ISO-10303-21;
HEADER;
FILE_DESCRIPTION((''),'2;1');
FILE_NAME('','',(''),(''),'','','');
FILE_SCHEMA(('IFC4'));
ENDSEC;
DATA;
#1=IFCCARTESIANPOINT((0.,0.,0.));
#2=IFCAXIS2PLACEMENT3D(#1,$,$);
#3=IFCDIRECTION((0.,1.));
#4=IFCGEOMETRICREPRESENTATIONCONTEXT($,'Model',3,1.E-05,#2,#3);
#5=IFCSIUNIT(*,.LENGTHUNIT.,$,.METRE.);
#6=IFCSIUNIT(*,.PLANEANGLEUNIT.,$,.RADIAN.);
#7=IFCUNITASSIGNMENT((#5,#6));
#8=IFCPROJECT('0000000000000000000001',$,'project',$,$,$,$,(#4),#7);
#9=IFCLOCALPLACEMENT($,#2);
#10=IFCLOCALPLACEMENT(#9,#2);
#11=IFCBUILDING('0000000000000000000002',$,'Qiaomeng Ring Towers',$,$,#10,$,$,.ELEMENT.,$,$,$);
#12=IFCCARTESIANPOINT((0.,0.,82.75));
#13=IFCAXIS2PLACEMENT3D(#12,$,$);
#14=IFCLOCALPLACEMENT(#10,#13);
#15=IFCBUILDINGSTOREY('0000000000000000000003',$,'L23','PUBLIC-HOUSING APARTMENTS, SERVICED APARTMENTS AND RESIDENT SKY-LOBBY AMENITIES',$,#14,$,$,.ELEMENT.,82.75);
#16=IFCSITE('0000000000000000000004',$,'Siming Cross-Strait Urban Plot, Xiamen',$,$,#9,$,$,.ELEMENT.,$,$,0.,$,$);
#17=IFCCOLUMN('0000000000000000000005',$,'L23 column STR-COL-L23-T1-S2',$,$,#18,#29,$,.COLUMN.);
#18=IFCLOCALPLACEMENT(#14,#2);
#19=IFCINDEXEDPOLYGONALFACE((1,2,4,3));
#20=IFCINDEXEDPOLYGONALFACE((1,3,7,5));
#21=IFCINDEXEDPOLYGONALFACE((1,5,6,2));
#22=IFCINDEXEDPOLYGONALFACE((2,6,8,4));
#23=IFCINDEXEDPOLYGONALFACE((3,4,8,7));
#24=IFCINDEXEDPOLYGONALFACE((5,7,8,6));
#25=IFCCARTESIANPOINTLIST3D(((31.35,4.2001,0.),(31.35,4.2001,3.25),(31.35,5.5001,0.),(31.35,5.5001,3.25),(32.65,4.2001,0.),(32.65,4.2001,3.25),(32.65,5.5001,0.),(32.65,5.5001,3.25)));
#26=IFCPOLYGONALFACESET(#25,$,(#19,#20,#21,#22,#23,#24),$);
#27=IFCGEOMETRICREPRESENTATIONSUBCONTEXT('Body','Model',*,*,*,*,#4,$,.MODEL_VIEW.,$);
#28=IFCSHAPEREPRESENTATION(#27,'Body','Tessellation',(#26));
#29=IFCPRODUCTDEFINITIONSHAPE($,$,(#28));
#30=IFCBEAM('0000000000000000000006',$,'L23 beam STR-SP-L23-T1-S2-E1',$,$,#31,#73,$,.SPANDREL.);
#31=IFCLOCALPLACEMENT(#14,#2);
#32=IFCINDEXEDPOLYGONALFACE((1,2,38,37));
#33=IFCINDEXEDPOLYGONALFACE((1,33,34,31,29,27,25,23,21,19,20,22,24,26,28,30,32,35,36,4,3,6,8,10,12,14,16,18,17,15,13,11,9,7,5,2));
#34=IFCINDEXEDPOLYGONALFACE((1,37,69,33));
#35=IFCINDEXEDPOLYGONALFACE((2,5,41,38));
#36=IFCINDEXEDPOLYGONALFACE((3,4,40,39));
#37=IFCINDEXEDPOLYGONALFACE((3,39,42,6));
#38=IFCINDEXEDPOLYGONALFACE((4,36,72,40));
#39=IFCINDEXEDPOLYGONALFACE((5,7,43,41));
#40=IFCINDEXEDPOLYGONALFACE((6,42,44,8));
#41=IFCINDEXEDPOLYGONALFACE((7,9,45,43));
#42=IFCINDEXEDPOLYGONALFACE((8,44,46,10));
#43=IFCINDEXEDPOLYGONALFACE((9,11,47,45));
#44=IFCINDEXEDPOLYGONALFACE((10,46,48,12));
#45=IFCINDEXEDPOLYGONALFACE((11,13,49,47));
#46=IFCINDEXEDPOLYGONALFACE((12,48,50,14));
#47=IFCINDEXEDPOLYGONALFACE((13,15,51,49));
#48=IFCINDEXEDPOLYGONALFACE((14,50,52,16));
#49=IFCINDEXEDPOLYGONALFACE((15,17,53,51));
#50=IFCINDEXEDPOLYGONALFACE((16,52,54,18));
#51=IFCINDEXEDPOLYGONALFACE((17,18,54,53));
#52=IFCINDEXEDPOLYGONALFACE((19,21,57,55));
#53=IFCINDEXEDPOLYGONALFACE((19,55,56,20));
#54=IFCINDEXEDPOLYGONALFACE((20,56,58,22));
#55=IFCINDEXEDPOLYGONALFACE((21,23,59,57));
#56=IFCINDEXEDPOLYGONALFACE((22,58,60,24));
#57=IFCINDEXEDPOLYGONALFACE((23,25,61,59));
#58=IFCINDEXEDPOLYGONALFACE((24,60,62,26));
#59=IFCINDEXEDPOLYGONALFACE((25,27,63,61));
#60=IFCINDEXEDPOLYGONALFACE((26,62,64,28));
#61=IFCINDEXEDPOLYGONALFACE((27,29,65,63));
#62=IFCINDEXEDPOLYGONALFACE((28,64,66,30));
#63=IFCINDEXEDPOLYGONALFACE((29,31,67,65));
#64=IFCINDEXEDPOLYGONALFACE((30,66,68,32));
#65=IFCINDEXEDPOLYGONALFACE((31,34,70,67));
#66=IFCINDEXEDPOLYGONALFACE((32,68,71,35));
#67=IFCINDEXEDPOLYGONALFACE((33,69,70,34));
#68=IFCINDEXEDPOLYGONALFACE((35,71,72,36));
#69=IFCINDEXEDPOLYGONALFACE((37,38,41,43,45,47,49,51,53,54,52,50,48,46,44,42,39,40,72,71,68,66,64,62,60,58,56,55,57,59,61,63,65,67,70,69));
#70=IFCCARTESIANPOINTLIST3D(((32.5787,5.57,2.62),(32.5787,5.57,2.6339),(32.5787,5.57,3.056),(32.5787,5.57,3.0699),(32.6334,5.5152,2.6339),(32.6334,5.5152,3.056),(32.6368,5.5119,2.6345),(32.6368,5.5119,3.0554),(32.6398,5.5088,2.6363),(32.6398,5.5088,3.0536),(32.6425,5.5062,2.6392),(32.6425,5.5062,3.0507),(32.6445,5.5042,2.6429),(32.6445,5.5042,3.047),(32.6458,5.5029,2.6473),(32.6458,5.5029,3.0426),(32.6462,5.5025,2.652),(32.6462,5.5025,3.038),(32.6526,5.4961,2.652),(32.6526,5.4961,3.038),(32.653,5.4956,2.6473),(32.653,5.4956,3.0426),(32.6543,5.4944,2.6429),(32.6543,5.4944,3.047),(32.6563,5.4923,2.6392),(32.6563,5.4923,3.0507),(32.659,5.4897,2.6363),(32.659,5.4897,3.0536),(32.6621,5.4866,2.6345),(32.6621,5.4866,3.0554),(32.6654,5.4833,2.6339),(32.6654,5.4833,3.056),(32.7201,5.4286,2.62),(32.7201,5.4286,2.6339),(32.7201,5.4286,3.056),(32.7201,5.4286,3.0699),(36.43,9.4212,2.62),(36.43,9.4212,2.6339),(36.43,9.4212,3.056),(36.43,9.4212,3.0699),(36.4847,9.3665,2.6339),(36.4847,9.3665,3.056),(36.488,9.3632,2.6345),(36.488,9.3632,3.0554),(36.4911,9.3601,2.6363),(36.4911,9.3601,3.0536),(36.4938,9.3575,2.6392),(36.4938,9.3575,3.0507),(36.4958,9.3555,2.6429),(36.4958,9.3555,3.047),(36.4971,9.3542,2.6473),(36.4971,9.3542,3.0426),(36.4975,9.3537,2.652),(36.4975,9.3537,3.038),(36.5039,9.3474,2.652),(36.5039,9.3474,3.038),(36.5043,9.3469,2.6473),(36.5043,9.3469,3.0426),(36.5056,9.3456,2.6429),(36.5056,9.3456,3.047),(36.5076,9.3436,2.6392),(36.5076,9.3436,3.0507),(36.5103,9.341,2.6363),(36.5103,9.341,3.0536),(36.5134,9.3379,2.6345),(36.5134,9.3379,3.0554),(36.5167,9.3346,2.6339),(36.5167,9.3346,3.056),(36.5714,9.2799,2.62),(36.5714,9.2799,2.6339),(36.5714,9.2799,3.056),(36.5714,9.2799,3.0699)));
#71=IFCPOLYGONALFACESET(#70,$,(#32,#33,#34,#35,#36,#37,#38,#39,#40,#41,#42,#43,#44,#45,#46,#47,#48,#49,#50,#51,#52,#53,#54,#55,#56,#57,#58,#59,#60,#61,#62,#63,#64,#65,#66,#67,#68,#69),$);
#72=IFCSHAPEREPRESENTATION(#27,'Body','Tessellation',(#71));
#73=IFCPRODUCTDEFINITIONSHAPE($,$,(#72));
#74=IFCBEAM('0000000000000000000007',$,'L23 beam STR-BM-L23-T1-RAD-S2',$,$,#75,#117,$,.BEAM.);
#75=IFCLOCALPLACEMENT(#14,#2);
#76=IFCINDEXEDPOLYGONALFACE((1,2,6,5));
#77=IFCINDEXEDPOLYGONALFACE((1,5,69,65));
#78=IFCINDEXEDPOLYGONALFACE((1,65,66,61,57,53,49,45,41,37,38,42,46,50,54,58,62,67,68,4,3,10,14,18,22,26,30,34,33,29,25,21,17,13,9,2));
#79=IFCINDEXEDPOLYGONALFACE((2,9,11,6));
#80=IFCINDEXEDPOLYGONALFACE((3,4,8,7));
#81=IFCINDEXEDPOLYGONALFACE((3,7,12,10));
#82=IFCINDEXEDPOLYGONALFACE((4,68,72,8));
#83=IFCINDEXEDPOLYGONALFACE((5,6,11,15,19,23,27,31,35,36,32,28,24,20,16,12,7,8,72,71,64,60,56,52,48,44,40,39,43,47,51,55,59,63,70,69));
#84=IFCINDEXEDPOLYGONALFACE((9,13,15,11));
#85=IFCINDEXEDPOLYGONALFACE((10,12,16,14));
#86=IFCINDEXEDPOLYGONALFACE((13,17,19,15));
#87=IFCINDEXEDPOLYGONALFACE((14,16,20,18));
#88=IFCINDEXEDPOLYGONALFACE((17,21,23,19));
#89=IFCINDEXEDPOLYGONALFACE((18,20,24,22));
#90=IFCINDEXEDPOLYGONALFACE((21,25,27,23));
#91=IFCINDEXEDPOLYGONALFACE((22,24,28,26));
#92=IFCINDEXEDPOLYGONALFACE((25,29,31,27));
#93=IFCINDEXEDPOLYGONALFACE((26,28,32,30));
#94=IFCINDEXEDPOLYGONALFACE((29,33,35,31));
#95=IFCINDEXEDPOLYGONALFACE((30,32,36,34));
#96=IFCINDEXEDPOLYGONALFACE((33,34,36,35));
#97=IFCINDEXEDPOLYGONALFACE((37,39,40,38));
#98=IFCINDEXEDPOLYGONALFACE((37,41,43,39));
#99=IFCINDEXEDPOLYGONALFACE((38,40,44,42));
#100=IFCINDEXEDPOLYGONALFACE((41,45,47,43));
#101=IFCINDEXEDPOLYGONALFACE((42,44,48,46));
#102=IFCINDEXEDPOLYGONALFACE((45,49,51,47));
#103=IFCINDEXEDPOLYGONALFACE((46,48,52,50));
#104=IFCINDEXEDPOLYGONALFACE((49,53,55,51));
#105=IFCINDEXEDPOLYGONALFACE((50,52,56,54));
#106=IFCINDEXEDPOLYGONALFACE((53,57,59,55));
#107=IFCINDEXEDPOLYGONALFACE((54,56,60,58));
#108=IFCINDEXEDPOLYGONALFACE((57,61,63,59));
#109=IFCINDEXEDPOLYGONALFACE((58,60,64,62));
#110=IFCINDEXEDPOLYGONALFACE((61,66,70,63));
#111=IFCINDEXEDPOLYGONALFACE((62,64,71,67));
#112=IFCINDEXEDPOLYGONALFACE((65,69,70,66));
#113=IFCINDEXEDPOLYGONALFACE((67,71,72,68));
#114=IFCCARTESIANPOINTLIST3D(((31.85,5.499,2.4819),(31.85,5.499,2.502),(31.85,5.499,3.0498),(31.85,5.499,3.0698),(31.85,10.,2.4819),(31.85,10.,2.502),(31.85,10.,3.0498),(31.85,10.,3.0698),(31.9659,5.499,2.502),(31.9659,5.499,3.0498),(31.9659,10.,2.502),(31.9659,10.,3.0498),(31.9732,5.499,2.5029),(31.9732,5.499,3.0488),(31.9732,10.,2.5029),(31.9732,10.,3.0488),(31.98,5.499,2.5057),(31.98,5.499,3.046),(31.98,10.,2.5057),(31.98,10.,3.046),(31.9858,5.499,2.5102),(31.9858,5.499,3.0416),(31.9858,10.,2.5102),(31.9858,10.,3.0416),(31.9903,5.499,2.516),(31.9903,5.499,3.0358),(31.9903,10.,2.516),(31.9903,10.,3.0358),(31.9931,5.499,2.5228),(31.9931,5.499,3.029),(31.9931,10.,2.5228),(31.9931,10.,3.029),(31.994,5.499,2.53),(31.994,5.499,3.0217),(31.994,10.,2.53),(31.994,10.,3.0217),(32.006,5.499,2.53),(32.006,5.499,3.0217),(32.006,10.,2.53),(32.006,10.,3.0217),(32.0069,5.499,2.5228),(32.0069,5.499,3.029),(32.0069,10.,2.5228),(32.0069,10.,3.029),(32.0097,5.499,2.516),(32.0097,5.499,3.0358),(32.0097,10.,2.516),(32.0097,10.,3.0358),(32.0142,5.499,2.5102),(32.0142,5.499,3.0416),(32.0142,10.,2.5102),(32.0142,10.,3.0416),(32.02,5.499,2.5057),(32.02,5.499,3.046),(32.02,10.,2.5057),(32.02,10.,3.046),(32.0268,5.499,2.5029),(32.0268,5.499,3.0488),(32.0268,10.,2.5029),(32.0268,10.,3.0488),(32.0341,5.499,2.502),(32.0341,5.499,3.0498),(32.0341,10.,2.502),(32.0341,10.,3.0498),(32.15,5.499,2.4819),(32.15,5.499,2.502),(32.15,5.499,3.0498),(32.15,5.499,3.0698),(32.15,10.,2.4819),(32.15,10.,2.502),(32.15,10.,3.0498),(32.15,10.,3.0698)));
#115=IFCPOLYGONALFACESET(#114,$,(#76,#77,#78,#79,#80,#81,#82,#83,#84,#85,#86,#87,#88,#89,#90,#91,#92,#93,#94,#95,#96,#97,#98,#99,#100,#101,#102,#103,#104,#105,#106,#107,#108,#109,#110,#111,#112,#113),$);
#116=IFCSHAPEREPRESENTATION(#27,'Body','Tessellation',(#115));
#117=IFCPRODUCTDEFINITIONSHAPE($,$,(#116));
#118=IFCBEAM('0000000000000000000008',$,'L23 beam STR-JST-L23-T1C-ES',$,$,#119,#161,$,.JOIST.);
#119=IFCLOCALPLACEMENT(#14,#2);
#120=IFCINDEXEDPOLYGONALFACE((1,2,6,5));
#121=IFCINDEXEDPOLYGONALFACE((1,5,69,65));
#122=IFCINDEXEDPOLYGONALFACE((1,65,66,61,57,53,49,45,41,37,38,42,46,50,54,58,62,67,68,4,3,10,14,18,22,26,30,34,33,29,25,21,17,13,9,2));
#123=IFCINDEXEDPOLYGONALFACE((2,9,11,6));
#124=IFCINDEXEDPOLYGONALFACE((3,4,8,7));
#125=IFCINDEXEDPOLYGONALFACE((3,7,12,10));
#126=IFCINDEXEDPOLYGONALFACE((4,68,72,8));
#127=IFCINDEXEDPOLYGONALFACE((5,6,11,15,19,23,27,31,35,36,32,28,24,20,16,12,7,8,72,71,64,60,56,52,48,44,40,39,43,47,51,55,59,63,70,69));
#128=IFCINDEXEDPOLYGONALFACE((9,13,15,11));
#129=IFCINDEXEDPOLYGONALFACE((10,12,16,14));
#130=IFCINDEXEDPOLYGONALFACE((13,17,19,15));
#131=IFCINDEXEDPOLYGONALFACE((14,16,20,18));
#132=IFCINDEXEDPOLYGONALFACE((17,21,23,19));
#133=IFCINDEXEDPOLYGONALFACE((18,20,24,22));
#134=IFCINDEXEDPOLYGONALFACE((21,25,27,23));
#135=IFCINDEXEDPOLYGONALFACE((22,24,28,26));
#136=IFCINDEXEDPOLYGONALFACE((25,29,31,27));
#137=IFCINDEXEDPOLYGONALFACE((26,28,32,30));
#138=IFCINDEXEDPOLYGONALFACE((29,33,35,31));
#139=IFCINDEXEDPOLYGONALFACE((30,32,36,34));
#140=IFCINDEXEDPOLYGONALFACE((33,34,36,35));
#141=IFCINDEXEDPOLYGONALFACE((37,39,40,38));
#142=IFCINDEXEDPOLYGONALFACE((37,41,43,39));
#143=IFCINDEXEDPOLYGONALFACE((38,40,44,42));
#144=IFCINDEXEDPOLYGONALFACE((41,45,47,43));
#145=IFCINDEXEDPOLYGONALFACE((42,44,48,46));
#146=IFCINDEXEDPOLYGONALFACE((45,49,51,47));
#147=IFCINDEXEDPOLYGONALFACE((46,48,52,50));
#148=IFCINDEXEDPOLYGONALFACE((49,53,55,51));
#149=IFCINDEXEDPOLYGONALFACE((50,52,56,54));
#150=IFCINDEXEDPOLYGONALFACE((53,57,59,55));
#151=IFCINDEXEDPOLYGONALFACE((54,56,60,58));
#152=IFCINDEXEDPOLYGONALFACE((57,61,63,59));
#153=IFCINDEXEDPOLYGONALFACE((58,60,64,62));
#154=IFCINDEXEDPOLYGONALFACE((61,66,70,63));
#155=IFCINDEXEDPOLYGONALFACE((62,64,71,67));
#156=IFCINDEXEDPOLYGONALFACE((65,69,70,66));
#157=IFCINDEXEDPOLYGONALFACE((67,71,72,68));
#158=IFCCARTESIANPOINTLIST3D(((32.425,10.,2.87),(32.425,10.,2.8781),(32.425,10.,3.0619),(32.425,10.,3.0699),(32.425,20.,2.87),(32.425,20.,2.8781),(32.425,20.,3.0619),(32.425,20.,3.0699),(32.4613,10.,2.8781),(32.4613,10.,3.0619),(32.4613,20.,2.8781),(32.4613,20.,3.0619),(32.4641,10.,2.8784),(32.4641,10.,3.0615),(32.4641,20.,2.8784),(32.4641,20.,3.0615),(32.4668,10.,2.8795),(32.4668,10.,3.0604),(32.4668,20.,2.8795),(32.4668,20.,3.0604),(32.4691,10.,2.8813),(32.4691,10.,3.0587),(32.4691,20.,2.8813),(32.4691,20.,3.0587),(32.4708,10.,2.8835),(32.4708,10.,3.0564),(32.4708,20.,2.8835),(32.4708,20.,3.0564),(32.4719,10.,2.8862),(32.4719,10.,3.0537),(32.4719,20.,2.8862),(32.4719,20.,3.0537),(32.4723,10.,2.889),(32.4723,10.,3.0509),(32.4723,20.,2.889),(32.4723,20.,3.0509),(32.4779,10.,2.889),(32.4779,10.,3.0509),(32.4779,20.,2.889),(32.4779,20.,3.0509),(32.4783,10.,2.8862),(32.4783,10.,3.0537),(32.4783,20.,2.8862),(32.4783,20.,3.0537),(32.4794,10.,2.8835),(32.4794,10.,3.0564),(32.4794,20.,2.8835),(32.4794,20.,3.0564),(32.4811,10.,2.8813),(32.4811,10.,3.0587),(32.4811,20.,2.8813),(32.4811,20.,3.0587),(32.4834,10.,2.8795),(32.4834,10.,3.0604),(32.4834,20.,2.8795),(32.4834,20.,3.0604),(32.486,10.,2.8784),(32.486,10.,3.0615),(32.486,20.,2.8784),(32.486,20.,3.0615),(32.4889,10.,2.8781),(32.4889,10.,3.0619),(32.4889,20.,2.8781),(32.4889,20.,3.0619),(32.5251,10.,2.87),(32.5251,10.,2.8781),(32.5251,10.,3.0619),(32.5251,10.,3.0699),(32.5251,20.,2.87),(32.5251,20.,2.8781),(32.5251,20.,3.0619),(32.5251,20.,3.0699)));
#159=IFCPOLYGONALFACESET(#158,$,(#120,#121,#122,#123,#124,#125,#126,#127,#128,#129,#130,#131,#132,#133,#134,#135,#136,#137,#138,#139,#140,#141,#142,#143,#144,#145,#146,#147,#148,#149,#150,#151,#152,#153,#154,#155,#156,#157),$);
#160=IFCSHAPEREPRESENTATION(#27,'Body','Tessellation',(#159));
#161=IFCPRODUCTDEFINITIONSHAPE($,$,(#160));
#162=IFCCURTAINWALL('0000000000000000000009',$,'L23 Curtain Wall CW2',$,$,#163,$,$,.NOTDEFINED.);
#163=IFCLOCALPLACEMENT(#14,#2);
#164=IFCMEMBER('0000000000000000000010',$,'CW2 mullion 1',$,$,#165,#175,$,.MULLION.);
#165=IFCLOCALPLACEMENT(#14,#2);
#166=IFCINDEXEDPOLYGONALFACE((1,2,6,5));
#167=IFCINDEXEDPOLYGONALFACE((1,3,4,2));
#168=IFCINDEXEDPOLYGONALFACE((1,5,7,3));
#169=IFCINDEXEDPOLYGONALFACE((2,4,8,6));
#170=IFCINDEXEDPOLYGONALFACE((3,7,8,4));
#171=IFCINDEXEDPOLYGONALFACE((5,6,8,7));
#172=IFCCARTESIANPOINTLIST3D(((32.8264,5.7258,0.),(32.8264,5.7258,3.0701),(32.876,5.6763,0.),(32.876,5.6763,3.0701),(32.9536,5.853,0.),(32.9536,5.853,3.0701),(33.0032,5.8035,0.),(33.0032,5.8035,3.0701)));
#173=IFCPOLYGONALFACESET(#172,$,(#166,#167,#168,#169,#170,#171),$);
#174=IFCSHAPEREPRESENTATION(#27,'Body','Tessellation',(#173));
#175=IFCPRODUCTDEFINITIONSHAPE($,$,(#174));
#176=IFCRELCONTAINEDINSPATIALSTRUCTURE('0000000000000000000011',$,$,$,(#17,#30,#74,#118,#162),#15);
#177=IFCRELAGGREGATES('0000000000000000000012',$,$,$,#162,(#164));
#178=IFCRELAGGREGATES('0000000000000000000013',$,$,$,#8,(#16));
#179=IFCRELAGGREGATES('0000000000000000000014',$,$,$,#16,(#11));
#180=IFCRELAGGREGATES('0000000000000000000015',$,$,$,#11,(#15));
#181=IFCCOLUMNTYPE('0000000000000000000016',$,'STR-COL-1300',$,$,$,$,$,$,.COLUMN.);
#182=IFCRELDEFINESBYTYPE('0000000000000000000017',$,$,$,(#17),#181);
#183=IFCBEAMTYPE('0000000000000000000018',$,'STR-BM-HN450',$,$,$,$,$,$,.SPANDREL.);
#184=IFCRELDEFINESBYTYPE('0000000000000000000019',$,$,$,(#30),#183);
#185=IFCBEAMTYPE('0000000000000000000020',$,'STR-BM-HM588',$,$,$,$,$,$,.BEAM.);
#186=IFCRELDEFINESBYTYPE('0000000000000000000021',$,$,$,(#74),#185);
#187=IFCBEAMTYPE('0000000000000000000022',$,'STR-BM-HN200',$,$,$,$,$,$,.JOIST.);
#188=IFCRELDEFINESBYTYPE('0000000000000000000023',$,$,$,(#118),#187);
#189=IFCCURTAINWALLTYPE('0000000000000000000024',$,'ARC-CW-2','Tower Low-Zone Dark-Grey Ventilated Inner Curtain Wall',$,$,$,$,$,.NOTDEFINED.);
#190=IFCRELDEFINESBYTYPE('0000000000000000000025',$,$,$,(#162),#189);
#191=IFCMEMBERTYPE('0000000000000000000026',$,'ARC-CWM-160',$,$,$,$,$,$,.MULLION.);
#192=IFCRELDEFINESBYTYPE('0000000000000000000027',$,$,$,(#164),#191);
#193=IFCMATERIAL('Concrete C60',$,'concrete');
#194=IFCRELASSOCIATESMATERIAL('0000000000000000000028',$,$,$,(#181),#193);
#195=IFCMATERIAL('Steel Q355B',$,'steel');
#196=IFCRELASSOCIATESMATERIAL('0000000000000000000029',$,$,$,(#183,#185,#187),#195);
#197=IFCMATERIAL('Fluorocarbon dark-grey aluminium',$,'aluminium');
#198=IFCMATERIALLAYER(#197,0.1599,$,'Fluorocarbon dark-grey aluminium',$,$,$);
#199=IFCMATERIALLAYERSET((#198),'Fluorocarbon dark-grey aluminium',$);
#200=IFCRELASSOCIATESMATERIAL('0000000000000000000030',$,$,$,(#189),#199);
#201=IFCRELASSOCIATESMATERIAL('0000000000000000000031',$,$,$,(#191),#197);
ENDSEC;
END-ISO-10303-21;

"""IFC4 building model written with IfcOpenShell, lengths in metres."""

from ifc_helpers import new_model, si_unit, direction, frame, origin, origin_2d, place, context, subcontext, project, spatial, rectangle, i_section, extrude, source, transform, mapped, material, layer, layer_set, material_profile, profile_set, type_object, element, aggregate, save


model = new_model("IFC4")

# Units and contexts
model_context = context("Model", 3, precision=1e-05, world=origin(), true_north=direction((0.0, 1.0)))
body_context = subcontext(model_context, "Body", "Model", "MODEL_VIEW")
ifc_project = project(units=[si_unit("LENGTHUNIT", "METRE"), si_unit("PLANEANGLEUNIT", "RADIAN")], contexts=[model_context])

# Site, building, storey
site_placement = place(None, origin())
site = spatial("IfcSite", under=ifc_project, at=site_placement, Name="Siming Cross-Strait Urban Plot, Xiamen", CompositionType="ELEMENT", RefElevation=0.0)
building_placement = place(site_placement, origin())
building = spatial("IfcBuilding", under=site, at=building_placement, Name="Qiaomeng Ring Towers", CompositionType="ELEMENT")
storey_placement = place(building_placement, frame((0.0, 0.0, 82.75)))
storey = spatial("IfcBuildingStorey", under=building, at=storey_placement, Name="L23", Description="PUBLIC-HOUSING APARTMENTS, SERVICED APARTMENTS AND RESIDENT SKY-LOBBY AMENITIES", CompositionType="ELEMENT", Elevation=82.75)

# Column
ifc_material_1 = material(Name="Concrete C60", Category="concrete")
ifc_material_profile_1 = material_profile(ifc_material_1, rectangle(XDim=1.3, YDim=1.3, at=origin_2d()), Name="RC COL 1300x1300")
ifc_profile_set_1 = profile_set([ifc_material_profile_1], Name="Concrete C60")
column_type = type_object("IfcColumnType", Name="STR-COL-1300", PredefinedType="COLUMN", material=ifc_profile_set_1)
shared_shape_1 = source(origin(), body_context, "Body", "SweptSolid", [
    extrude(rectangle(XDim=1.3, YDim=1.3, at=origin_2d()), origin(), (0.0, 0.0, 1.0), 3.25),
])
column_placement = place(storey_placement, frame((32.0, 4.8501, 0.0), z_axis=(0.0, 0.0, 1.0), x_axis=(1.0, 0.0, 0.0)))
element("IfcColumn", 1, at=column_placement, inside=storey, type_object=column_type, Name="L23 column STR-COL-L23-T1-S2", PredefinedType="COLUMN", context=body_context, shape_type="MappedRepresentation", body=[
    mapped(shared_shape_1, transform((0.0, 0.0, 0.0), x_axis=(1.0, 0.0, 0.0), y_axis=(0.0, 1.0, 0.0), z_axis=(0.0, 0.0, 1.0), scale=1.0)),
])

# Beams
ifc_material_2 = material(Name="Steel Q355B", Category="steel")
ifc_material_profile_2 = material_profile(ifc_material_2, i_section(OverallWidth=0.2, OverallDepth=0.45, WebThickness=0.009, FlangeThickness=0.0139, FilletRadius=0.0181, at=origin_2d()), Name="HN 450x200x9x14")
ifc_profile_set_2 = profile_set([ifc_material_profile_2], Name="Steel Q355B")
beam_type_1 = type_object("IfcBeamType", Name="STR-BM-HN450", PredefinedType="SPANDREL", material=ifc_profile_set_2)
shared_shape_2 = source(origin(), body_context, "Body", "SweptSolid", [
    extrude(i_section(OverallWidth=0.2, OverallDepth=0.45, WebThickness=0.009, FlangeThickness=0.0139, FilletRadius=0.0181, at=origin_2d()), origin(), (0.0, 0.0, 1.0), 5.4465),
])
beam_1_placement = place(storey_placement, frame((32.6494, 5.4993, 2.845), z_axis=(0.707107, 0.707107, 0.0), x_axis=(-0.707107, 0.707107, 0.0)))
element("IfcBeam", 2, at=beam_1_placement, inside=storey, type_object=beam_type_1, Name="L23 beam STR-SP-L23-T1-S2-E1", PredefinedType="SPANDREL", context=body_context, shape_type="MappedRepresentation", body=[
    mapped(shared_shape_2, transform((0.0, 0.0, 0.0), x_axis=(1.0, 0.0, 0.0), y_axis=(0.0, 1.0, 0.0), z_axis=(0.0, 0.0, 1.0), scale=1.0)),
])
ifc_material_profile_3 = material_profile(ifc_material_2, i_section(OverallWidth=0.3, OverallDepth=0.5879, WebThickness=0.012, FlangeThickness=0.02, FilletRadius=0.0281, at=origin_2d()), Name="HM 588x300x12x20")
ifc_profile_set_3 = profile_set([ifc_material_profile_3], Name="Steel Q355B")
beam_type_2 = type_object("IfcBeamType", Name="STR-BM-HM588", PredefinedType="BEAM", material=ifc_profile_set_3)
shared_shape_3 = source(origin(), body_context, "Body", "SweptSolid", [
    extrude(i_section(OverallWidth=0.3, OverallDepth=0.5879, WebThickness=0.012, FlangeThickness=0.02, FilletRadius=0.0281, at=origin_2d()), origin(), (0.0, 0.0, 1.0), 4.501),
])
beam_2_placement = place(storey_placement, frame((32.0, 5.499, 2.7759), z_axis=(0.0, 1.0, 0.0), x_axis=(-1.0, 0.0, 0.0)))
element("IfcBeam", 3, at=beam_2_placement, inside=storey, type_object=beam_type_2, Name="L23 beam STR-BM-L23-T1-RAD-S2", PredefinedType="BEAM", context=body_context, shape_type="MappedRepresentation", body=[
    mapped(shared_shape_3, transform((0.0, 0.0, 0.0), x_axis=(1.0, 0.0, 0.0), y_axis=(0.0, 1.0, 0.0), z_axis=(0.0, 0.0, 1.0), scale=1.0)),
])
ifc_material_profile_4 = material_profile(ifc_material_2, i_section(OverallWidth=0.1001, OverallDepth=0.2, WebThickness=0.0056, FlangeThickness=0.0081, FilletRadius=0.011, at=origin_2d()), Name="HN 200x100x5.5x8")
ifc_profile_set_4 = profile_set([ifc_material_profile_4], Name="Steel Q355B")
beam_type_3 = type_object("IfcBeamType", Name="STR-BM-HN200", PredefinedType="JOIST", material=ifc_profile_set_4)
shared_shape_4 = source(origin(), body_context, "Body", "SweptSolid", [
    extrude(i_section(OverallWidth=0.1001, OverallDepth=0.2, WebThickness=0.0056, FlangeThickness=0.0081, FilletRadius=0.011, at=origin_2d()), origin(), (0.0, 0.0, 1.0), 10.0),
])
beam_3_placement = place(storey_placement, frame((32.4751, 10.0, 2.97), z_axis=(0.0, 1.0, 0.0), x_axis=(-1.0, 0.0, 0.0)))
element("IfcBeam", 4, at=beam_3_placement, inside=storey, type_object=beam_type_3, Name="L23 beam STR-JST-L23-T1C-ES", PredefinedType="JOIST", context=body_context, shape_type="MappedRepresentation", body=[
    mapped(shared_shape_4, transform((0.0, 0.0, 0.0), x_axis=(1.0, 0.0, 0.0), y_axis=(0.0, 1.0, 0.0), z_axis=(0.0, 0.0, 1.0), scale=1.0)),
])

# Curtain wall, member
ifc_material_3 = material(Name="Fluorocarbon dark-grey aluminium", Category="aluminium")
ifc_layer_1 = layer(ifc_material_3, 0.1599, Name="Fluorocarbon dark-grey aluminium")
ifc_layer_set_1 = layer_set([ifc_layer_1], Name="Fluorocarbon dark-grey aluminium")
curtain_wall_type = type_object("IfcCurtainWallType", Name="ARC-CW-2", Description="Tower Low-Zone Dark-Grey Ventilated Inner Curtain Wall", PredefinedType="NOTDEFINED", material=ifc_layer_set_1)
curtain_wall_placement = place(storey_placement, origin())
curtain_wall = element("IfcCurtainWall", 5, at=curtain_wall_placement, inside=storey, type_object=curtain_wall_type, Name="L23 Curtain Wall CW2", PredefinedType="NOTDEFINED")
ifc_material_profile_5 = material_profile(ifc_material_3, rectangle(XDim=0.0701, YDim=0.1799, at=origin_2d()), Name="ALU MULL 70x180")
ifc_profile_set_5 = profile_set([ifc_material_profile_5], Name="Fluorocarbon dark-grey aluminium")
member_type_1 = type_object("IfcMemberType", Name="ARC-CWM-160", PredefinedType="MULLION", material=ifc_profile_set_5)
shared_shape_5 = source(origin(), body_context, "Body", "SweptSolid", [
    extrude(rectangle(XDim=0.0701, YDim=0.1799, at=origin_2d()), origin(), (0.0, 0.0, 1.0), 3.0701),
])
member_1_placement = place(storey_placement, frame((32.9148, 5.7646, 0.0), z_axis=(0.0, 0.0, 1.0), x_axis=(-0.707107, 0.707107, 0.0)))
member_1 = element("IfcMember", 6, at=member_1_placement, type_object=member_type_1, Name="CW2 mullion 1", PredefinedType="MULLION", context=body_context, shape_type="MappedRepresentation", body=[
    mapped(shared_shape_5, transform((0.0, 0.0, 0.0), x_axis=(1.0, 0.0, 0.0), y_axis=(0.0, 1.0, 0.0), z_axis=(0.0, 0.0, 1.0), scale=1.0)),
])
aggregate(curtain_wall, [member_1])

save(model, "model.ifc")
